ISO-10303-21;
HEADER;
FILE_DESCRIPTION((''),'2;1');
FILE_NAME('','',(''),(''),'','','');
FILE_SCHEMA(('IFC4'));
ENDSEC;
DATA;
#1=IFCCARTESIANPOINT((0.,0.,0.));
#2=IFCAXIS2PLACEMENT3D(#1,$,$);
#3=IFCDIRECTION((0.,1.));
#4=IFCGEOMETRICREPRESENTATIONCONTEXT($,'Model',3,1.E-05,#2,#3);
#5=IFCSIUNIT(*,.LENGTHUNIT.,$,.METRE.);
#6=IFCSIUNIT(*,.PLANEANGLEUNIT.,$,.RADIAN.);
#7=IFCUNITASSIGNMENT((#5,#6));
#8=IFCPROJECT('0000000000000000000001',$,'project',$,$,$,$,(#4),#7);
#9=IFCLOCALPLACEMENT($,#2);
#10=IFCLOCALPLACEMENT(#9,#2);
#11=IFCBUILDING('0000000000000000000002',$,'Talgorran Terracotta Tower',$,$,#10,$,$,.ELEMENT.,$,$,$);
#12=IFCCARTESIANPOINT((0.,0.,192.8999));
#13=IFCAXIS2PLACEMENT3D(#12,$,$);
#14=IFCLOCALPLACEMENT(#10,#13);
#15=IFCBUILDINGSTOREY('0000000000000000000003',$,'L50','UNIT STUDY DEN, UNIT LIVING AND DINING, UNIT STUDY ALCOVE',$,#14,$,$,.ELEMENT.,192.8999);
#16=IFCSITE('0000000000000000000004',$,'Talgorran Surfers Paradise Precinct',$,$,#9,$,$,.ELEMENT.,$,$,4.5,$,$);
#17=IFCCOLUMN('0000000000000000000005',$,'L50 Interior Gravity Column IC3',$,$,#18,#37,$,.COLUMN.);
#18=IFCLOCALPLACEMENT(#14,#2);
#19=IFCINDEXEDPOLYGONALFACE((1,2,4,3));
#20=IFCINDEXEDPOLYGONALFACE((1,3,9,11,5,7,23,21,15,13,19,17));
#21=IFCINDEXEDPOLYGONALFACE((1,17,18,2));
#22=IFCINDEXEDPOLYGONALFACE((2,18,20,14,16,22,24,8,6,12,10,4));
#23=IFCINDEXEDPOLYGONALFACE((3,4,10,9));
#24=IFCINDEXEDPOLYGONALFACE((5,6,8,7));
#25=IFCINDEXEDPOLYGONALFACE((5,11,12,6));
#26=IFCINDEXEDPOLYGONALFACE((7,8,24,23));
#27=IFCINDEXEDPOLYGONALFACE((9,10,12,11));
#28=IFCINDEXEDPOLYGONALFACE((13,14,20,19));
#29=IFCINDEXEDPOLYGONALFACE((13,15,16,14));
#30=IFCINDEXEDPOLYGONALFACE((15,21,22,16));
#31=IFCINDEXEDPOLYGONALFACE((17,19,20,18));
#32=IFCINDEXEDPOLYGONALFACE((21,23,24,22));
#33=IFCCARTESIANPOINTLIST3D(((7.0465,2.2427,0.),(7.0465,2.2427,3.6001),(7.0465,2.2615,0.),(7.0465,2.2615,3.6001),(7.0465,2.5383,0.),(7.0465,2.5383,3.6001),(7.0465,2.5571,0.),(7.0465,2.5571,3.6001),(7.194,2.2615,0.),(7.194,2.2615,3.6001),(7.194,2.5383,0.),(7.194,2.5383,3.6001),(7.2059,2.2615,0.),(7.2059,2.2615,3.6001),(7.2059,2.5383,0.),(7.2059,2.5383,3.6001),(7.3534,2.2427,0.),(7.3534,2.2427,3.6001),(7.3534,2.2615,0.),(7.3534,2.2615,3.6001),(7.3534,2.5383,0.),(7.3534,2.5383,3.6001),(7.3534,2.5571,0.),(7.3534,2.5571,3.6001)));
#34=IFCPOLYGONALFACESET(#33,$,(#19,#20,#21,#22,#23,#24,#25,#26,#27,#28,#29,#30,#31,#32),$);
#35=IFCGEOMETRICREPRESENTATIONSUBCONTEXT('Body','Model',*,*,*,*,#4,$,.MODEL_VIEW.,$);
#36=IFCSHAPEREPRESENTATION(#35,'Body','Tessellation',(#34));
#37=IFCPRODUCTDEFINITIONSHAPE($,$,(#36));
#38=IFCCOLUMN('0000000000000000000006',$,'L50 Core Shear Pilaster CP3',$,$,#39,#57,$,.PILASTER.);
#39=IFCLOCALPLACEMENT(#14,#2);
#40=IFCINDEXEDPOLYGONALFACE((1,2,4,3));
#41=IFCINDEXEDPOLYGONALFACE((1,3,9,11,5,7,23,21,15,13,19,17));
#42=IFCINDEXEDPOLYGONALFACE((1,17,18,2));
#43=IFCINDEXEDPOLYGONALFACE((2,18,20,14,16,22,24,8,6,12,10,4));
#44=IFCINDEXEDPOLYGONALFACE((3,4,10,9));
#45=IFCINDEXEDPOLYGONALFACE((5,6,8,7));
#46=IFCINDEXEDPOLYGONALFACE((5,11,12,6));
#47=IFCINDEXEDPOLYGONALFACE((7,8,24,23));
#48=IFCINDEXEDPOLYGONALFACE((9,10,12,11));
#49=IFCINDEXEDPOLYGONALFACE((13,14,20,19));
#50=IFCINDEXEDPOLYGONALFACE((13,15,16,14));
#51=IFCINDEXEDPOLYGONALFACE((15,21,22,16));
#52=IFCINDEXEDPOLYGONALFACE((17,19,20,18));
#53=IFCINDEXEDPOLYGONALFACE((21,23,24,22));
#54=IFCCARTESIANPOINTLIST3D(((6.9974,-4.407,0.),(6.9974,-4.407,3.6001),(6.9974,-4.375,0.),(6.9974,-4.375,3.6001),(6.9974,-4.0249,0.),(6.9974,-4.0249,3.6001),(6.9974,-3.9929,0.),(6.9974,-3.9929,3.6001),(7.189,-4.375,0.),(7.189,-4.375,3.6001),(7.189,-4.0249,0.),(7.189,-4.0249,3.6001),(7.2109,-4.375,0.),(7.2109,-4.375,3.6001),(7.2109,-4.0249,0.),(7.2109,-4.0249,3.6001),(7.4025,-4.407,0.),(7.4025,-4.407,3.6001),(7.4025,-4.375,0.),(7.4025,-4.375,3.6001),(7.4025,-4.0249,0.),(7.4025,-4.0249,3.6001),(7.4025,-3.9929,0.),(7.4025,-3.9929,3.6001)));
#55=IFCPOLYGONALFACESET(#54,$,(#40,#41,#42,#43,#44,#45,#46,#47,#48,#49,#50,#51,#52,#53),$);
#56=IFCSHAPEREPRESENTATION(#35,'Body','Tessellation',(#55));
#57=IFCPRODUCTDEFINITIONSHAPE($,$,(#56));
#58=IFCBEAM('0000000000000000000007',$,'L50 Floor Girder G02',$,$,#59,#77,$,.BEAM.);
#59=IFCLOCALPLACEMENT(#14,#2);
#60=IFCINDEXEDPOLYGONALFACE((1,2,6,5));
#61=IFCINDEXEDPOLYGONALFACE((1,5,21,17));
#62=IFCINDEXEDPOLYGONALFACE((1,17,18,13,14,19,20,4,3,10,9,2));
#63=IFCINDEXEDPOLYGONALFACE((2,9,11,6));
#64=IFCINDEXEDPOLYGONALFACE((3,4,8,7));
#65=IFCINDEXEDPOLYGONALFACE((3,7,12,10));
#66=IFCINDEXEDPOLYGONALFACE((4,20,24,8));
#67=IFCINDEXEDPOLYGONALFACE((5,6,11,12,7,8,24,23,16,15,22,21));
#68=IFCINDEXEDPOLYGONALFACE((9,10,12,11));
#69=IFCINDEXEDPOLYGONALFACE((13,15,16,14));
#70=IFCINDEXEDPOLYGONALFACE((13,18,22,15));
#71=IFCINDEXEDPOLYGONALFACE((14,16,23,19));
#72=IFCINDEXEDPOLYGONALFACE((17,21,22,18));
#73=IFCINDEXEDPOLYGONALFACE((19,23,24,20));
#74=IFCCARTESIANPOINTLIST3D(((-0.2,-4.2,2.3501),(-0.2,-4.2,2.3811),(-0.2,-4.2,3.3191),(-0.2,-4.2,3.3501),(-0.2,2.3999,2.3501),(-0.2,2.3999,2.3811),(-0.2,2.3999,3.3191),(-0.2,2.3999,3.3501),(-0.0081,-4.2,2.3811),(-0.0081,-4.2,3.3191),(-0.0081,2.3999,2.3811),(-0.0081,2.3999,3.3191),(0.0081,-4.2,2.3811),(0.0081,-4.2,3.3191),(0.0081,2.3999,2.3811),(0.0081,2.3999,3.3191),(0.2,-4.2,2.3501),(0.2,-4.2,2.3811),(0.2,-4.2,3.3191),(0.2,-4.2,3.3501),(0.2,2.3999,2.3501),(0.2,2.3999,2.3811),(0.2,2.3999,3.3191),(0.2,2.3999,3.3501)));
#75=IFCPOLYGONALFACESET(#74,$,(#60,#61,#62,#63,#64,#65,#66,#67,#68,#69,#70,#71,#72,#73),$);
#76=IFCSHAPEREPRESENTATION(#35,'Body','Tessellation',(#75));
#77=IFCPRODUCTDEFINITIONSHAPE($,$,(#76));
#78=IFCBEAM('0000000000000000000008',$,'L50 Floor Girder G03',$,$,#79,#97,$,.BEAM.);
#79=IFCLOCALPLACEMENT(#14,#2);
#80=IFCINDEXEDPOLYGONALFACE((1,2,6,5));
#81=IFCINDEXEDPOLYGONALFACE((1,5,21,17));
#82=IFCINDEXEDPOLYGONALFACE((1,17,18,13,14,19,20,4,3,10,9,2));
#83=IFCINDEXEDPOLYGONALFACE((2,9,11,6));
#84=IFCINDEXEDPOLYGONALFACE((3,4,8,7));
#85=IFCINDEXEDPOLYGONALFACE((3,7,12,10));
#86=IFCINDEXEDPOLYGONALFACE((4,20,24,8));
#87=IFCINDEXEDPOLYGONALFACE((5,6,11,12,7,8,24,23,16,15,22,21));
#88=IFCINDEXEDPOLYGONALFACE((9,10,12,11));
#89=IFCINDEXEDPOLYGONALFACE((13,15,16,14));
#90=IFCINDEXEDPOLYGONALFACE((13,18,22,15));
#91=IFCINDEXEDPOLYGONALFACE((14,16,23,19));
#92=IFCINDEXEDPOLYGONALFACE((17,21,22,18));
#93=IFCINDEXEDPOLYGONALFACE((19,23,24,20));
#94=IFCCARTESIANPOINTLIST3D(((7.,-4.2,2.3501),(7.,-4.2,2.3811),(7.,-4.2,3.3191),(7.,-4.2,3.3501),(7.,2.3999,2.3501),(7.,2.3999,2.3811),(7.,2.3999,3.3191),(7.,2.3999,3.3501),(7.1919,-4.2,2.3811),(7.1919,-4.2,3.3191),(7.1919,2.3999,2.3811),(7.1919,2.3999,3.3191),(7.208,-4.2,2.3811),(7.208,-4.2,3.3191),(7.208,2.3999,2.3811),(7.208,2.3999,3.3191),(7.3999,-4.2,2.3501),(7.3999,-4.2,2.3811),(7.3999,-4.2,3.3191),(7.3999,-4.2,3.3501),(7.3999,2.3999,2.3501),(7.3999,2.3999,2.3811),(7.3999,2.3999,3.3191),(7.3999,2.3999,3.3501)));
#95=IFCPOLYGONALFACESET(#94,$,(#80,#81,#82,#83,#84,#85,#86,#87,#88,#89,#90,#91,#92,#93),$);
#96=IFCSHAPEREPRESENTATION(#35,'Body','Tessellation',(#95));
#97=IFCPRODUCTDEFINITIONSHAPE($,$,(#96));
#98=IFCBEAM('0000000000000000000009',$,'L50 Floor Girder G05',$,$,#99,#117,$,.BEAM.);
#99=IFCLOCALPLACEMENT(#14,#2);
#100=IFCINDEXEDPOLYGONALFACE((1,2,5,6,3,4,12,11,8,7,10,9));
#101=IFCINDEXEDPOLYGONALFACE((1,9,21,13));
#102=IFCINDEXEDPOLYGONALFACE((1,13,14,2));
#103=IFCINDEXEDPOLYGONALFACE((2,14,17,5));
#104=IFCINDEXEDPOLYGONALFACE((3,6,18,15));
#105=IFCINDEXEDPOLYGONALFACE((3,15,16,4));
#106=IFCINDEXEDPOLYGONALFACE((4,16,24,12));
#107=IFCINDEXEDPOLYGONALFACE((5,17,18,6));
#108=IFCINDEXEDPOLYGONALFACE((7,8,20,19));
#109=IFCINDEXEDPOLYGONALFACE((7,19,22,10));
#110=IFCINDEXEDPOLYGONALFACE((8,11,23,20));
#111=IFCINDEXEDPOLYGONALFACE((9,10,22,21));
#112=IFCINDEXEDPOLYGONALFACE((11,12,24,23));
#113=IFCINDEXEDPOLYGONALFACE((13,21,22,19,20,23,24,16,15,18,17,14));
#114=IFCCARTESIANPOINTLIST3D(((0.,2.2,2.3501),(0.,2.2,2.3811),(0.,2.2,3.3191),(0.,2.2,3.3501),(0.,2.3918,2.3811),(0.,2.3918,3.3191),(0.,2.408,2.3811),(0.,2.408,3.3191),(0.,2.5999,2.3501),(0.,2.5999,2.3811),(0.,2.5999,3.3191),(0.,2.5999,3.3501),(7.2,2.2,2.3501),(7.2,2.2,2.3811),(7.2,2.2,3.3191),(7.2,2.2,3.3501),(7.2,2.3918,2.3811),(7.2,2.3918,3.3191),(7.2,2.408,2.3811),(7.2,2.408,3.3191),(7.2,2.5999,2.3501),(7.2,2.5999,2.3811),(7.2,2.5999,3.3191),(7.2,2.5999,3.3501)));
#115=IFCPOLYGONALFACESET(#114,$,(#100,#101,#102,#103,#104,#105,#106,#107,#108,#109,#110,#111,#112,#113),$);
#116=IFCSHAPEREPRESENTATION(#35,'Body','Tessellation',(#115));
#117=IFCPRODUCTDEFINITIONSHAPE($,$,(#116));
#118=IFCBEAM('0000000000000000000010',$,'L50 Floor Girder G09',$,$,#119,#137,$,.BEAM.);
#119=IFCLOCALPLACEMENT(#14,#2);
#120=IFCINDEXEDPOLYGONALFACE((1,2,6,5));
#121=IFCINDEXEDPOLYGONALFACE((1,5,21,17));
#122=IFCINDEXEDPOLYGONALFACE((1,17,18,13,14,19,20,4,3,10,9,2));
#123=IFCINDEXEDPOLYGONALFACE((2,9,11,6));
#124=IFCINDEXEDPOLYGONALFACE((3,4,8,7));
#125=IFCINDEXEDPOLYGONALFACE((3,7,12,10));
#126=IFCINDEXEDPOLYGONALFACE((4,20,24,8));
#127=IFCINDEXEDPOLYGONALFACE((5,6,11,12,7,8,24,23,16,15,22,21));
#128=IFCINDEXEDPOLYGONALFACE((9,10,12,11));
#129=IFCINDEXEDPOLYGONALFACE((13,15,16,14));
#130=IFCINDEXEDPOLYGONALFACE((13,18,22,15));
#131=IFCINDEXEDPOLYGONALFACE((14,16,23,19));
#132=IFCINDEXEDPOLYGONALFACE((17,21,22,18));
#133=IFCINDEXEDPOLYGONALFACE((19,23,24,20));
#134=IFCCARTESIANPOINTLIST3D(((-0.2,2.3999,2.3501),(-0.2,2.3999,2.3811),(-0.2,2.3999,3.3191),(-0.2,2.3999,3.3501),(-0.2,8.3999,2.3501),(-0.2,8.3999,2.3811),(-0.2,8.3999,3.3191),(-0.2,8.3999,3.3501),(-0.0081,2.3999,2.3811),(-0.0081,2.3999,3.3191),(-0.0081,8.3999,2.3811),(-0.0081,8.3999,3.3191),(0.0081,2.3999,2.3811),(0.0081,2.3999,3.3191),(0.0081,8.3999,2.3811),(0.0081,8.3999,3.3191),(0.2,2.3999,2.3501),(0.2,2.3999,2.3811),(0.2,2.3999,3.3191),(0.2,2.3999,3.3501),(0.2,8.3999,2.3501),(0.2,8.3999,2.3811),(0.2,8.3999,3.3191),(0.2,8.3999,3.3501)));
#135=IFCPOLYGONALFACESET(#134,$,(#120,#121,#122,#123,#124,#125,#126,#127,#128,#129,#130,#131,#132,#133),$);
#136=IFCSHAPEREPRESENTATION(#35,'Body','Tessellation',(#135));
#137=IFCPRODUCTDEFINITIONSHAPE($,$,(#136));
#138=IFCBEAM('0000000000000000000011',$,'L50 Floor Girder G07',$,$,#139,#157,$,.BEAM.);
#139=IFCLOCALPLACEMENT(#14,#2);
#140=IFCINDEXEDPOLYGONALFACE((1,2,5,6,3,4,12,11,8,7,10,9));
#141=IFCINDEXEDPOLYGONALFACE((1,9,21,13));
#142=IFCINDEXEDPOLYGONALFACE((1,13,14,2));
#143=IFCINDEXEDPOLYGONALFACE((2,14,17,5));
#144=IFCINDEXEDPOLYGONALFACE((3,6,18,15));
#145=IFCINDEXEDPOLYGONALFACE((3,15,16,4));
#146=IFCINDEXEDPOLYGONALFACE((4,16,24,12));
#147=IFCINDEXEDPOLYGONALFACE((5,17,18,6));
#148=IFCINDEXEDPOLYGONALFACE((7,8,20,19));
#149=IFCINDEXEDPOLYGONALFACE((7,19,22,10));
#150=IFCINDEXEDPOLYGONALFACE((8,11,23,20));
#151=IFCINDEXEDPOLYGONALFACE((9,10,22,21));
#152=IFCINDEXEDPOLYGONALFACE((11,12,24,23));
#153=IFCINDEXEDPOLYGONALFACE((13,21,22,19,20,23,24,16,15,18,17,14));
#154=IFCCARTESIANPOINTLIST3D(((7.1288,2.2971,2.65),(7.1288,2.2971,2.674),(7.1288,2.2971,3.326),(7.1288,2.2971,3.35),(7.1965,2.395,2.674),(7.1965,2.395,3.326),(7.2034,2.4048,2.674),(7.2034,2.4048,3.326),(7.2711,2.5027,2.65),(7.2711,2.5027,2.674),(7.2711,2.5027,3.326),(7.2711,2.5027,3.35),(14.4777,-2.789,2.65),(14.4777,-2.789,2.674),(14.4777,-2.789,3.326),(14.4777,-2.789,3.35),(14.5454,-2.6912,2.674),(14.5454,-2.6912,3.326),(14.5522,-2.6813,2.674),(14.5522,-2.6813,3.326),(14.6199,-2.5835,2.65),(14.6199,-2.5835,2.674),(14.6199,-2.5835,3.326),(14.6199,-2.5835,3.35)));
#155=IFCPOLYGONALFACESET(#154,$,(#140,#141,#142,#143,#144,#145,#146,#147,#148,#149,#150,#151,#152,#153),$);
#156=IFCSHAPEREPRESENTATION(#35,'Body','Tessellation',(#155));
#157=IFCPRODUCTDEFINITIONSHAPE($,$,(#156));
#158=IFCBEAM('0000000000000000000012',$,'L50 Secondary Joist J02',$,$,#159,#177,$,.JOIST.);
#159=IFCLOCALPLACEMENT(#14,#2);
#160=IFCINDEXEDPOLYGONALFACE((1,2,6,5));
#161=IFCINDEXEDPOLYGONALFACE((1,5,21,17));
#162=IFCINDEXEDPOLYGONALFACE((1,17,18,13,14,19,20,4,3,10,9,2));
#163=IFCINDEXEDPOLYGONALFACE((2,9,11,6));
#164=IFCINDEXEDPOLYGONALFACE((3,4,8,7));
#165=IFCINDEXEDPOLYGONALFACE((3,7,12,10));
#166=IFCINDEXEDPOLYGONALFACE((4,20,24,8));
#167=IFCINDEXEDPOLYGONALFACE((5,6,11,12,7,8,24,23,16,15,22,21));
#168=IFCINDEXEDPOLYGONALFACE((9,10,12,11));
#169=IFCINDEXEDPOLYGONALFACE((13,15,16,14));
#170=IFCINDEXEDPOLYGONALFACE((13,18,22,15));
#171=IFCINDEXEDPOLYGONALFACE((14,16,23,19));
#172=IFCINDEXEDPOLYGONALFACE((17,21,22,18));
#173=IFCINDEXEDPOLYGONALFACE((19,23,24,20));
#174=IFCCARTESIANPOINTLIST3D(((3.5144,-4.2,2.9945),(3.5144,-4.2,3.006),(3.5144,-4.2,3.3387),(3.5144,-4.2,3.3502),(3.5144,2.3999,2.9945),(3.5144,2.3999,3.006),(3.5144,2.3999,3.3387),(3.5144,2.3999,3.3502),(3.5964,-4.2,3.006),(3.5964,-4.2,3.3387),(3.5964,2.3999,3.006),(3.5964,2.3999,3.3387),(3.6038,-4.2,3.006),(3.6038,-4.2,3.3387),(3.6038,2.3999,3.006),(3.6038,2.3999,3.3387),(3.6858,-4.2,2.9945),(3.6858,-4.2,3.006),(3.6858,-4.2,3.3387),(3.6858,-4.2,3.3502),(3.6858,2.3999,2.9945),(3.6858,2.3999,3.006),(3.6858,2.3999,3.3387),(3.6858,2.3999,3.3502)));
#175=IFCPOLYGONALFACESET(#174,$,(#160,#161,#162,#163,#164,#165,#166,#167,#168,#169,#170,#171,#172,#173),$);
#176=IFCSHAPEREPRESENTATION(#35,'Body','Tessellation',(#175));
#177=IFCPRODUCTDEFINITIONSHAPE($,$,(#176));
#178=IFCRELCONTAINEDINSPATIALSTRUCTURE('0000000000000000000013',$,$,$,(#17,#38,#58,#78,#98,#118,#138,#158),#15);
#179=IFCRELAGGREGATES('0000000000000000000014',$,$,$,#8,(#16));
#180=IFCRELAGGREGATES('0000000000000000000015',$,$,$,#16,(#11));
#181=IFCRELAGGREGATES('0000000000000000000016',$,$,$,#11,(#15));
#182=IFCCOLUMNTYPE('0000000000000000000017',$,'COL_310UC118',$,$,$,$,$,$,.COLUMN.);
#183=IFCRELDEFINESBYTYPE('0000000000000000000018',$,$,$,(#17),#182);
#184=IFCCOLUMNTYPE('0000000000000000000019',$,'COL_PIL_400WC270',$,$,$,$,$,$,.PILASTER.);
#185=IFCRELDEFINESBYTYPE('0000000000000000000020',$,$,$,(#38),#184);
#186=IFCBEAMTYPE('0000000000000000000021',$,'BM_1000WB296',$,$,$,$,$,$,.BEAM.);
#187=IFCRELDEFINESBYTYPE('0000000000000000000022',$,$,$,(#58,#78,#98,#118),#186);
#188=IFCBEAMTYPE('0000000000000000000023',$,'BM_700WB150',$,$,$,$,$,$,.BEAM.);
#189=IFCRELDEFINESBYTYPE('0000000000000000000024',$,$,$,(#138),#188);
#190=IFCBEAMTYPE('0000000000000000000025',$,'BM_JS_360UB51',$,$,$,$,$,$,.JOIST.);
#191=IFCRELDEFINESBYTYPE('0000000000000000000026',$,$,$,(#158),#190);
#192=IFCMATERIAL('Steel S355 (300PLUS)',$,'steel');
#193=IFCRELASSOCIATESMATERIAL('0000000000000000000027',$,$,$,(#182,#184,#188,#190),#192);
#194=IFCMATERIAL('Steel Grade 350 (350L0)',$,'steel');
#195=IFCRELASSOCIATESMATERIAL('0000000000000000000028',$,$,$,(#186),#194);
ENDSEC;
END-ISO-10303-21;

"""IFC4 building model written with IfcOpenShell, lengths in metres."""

from ifc_helpers import new_model, si_unit, direction, frame, origin, origin_2d, place, context, subcontext, project, spatial, i_section, extrude, material, material_profile, profile_set, type_object, element, save


model = new_model("IFC4")

# Units and contexts
model_context = context("Model", 3, precision=1e-05, world=origin(), true_north=direction((0.0, 1.0)))
body_context = subcontext(model_context, "Body", "Model", "MODEL_VIEW")
ifc_project = project(units=[si_unit("LENGTHUNIT", "METRE"), si_unit("PLANEANGLEUNIT", "RADIAN")], contexts=[model_context])

# Site, building, storey
site_placement = place(None, origin())
site = spatial("IfcSite", under=ifc_project, at=site_placement, Name="Talgorran Surfers Paradise Precinct", CompositionType="ELEMENT", RefElevation=4.5)
building_placement = place(site_placement, origin())
building = spatial("IfcBuilding", under=site, at=building_placement, Name="Talgorran Terracotta Tower", CompositionType="ELEMENT")
storey_placement = place(building_placement, frame((0.0, 0.0, 192.8999)))
storey = spatial("IfcBuildingStorey", under=building, at=storey_placement, Name="L50", Description="UNIT STUDY DEN, UNIT LIVING AND DINING, UNIT STUDY ALCOVE", CompositionType="ELEMENT", Elevation=192.8999)

# Columns
ifc_material_1 = material(Name="Steel S355 (300PLUS)", Category="steel")
ifc_material_profile_1 = material_profile(ifc_material_1, i_section(OverallWidth=0.3069, OverallDepth=0.3145, WebThickness=0.012, FlangeThickness=0.0188, at=origin_2d()), Name="310UC118")
ifc_profile_set_1 = profile_set([ifc_material_profile_1], Name="Steel S355 (300PLUS)")
column_type_1 = type_object("IfcColumnType", Name="COL_310UC118", PredefinedType="COLUMN", material=ifc_profile_set_1)
column_1_placement = place(storey_placement, frame((7.2, 2.3999, 0.0), z_axis=(0.0, 0.0, 1.0), x_axis=(1.0, 0.0, 0.0)))
element("IfcColumn", 1, at=column_1_placement, inside=storey, type_object=column_type_1, Name="L50 Interior Gravity Column IC3", PredefinedType="COLUMN", context=body_context, shape_type="SweptSolid", body=[
    extrude(i_section(OverallWidth=0.3069, OverallDepth=0.3145, WebThickness=0.012, FlangeThickness=0.0188, at=origin_2d()), origin(), (0.0, 0.0, 1.0), 3.6001),
])
ifc_material_profile_2 = material_profile(ifc_material_1, i_section(OverallWidth=0.405, OverallDepth=0.4141, WebThickness=0.022, FlangeThickness=0.032, at=origin_2d()), Name="400WC270")
ifc_profile_set_2 = profile_set([ifc_material_profile_2], Name="Steel S355 (300PLUS)")
column_type_2 = type_object("IfcColumnType", Name="COL_PIL_400WC270", PredefinedType="PILASTER", material=ifc_profile_set_2)
column_2_placement = place(storey_placement, frame((7.2, -4.2, 0.0), z_axis=(0.0, 0.0, 1.0), x_axis=(1.0, 0.0, 0.0)))
element("IfcColumn", 2, at=column_2_placement, inside=storey, type_object=column_type_2, Name="L50 Core Shear Pilaster CP3", PredefinedType="PILASTER", context=body_context, shape_type="SweptSolid", body=[
    extrude(i_section(OverallWidth=0.405, OverallDepth=0.4141, WebThickness=0.022, FlangeThickness=0.032, at=origin_2d()), origin(), (0.0, 0.0, 1.0), 3.6001),
])

# Beams
ifc_material_2 = material(Name="Steel Grade 350 (350L0)", Category="steel")
ifc_material_profile_3 = material_profile(ifc_material_2, i_section(OverallWidth=0.3999, OverallDepth=1.0, WebThickness=0.0161, FlangeThickness=0.031, at=origin_2d()), Name="1000WB296")
ifc_profile_set_3 = profile_set([ifc_material_profile_3], Name="Steel Grade 350 (350L0)")
beam_type_1 = type_object("IfcBeamType", Name="BM_1000WB296", PredefinedType="BEAM", material=ifc_profile_set_3)
for number, where, z_axis, x_axis, name in (
    (3, (0.0, -4.2, 2.8501), (0.0, 1.0, 0.0), (-1.0, 0.0, 0.0), "L50 Floor Girder G02"),
    (4, (7.2, -4.2, 2.8501), (0.0, 1.0, 0.0), (-1.0, 0.0, 0.0), "L50 Floor Girder G03"),
):
    element("IfcBeam", number, at=place(storey_placement, frame(where, z_axis=z_axis, x_axis=x_axis)), inside=storey, type_object=beam_type_1, Name=name, PredefinedType="BEAM", context=body_context, shape_type="SweptSolid", body=[
        extrude(i_section(OverallWidth=0.3999, OverallDepth=1.0, WebThickness=0.0161, FlangeThickness=0.031, at=origin_2d()), origin(), (0.0, 0.0, 1.0), 6.5999),
    ])
beam_1_placement = place(storey_placement, frame((0.0, 2.3999, 2.8501), z_axis=(1.0, 0.0, 0.0), x_axis=(0.0, 1.0, 0.0)))
element("IfcBeam", 5, at=beam_1_placement, inside=storey, type_object=beam_type_1, Name="L50 Floor Girder G05", PredefinedType="BEAM", context=body_context, shape_type="SweptSolid", body=[
    extrude(i_section(OverallWidth=0.3999, OverallDepth=1.0, WebThickness=0.0161, FlangeThickness=0.031, at=origin_2d()), origin(), (0.0, 0.0, 1.0), 7.2),
])
beam_2_placement = place(storey_placement, frame((0.0, 2.3999, 2.8501), z_axis=(0.0, 1.0, 0.0), x_axis=(-1.0, 0.0, 0.0)))
element("IfcBeam", 6, at=beam_2_placement, inside=storey, type_object=beam_type_1, Name="L50 Floor Girder G09", PredefinedType="BEAM", context=body_context, shape_type="SweptSolid", body=[
    extrude(i_section(OverallWidth=0.3999, OverallDepth=1.0, WebThickness=0.0161, FlangeThickness=0.031, at=origin_2d()), origin(), (0.0, 0.0, 1.0), 6.0),
])
ifc_material_profile_4 = material_profile(ifc_material_1, i_section(OverallWidth=0.25, OverallDepth=0.7, WebThickness=0.012, FlangeThickness=0.0239, at=origin_2d()), Name="700WB150")
ifc_profile_set_4 = profile_set([ifc_material_profile_4], Name="Steel S355 (300PLUS)")
beam_type_2 = type_object("IfcBeamType", Name="BM_700WB150", PredefinedType="BEAM", material=ifc_profile_set_4)
beam_3_placement = place(storey_placement, frame((7.2, 2.3999, 3.0), z_axis=(0.822271, -0.569096, 0.0), x_axis=(0.569096, 0.822271, 0.0)))
element("IfcBeam", 7, at=beam_3_placement, inside=storey, type_object=beam_type_2, Name="L50 Floor Girder G07", PredefinedType="BEAM", context=body_context, shape_type="SweptSolid", body=[
    extrude(i_section(OverallWidth=0.25, OverallDepth=0.7, WebThickness=0.012, FlangeThickness=0.0239, at=origin_2d()), origin(), (0.0, 0.0, 1.0), 8.9373),
])
ifc_material_profile_5 = material_profile(ifc_material_1, i_section(OverallWidth=0.1714, OverallDepth=0.3557, WebThickness=0.0073, FlangeThickness=0.0115, at=origin_2d()), Name="360UB50.7")
ifc_profile_set_5 = profile_set([ifc_material_profile_5], Name="Steel S355 (300PLUS)")
beam_type_3 = type_object("IfcBeamType", Name="BM_JS_360UB51", PredefinedType="JOIST", material=ifc_profile_set_5)
beam_4_placement = place(storey_placement, frame((3.6001, -4.2, 3.1724), z_axis=(0.0, 1.0, 0.0), x_axis=(-1.0, 0.0, 0.0)))
element("IfcBeam", 8, at=beam_4_placement, inside=storey, type_object=beam_type_3, Name="L50 Secondary Joist J02", PredefinedType="JOIST", context=body_context, shape_type="SweptSolid", body=[
    extrude(i_section(OverallWidth=0.1714, OverallDepth=0.3557, WebThickness=0.0073, FlangeThickness=0.0115, at=origin_2d()), origin(), (0.0, 0.0, 1.0), 6.5999),
])

save(model, "model.ifc")
